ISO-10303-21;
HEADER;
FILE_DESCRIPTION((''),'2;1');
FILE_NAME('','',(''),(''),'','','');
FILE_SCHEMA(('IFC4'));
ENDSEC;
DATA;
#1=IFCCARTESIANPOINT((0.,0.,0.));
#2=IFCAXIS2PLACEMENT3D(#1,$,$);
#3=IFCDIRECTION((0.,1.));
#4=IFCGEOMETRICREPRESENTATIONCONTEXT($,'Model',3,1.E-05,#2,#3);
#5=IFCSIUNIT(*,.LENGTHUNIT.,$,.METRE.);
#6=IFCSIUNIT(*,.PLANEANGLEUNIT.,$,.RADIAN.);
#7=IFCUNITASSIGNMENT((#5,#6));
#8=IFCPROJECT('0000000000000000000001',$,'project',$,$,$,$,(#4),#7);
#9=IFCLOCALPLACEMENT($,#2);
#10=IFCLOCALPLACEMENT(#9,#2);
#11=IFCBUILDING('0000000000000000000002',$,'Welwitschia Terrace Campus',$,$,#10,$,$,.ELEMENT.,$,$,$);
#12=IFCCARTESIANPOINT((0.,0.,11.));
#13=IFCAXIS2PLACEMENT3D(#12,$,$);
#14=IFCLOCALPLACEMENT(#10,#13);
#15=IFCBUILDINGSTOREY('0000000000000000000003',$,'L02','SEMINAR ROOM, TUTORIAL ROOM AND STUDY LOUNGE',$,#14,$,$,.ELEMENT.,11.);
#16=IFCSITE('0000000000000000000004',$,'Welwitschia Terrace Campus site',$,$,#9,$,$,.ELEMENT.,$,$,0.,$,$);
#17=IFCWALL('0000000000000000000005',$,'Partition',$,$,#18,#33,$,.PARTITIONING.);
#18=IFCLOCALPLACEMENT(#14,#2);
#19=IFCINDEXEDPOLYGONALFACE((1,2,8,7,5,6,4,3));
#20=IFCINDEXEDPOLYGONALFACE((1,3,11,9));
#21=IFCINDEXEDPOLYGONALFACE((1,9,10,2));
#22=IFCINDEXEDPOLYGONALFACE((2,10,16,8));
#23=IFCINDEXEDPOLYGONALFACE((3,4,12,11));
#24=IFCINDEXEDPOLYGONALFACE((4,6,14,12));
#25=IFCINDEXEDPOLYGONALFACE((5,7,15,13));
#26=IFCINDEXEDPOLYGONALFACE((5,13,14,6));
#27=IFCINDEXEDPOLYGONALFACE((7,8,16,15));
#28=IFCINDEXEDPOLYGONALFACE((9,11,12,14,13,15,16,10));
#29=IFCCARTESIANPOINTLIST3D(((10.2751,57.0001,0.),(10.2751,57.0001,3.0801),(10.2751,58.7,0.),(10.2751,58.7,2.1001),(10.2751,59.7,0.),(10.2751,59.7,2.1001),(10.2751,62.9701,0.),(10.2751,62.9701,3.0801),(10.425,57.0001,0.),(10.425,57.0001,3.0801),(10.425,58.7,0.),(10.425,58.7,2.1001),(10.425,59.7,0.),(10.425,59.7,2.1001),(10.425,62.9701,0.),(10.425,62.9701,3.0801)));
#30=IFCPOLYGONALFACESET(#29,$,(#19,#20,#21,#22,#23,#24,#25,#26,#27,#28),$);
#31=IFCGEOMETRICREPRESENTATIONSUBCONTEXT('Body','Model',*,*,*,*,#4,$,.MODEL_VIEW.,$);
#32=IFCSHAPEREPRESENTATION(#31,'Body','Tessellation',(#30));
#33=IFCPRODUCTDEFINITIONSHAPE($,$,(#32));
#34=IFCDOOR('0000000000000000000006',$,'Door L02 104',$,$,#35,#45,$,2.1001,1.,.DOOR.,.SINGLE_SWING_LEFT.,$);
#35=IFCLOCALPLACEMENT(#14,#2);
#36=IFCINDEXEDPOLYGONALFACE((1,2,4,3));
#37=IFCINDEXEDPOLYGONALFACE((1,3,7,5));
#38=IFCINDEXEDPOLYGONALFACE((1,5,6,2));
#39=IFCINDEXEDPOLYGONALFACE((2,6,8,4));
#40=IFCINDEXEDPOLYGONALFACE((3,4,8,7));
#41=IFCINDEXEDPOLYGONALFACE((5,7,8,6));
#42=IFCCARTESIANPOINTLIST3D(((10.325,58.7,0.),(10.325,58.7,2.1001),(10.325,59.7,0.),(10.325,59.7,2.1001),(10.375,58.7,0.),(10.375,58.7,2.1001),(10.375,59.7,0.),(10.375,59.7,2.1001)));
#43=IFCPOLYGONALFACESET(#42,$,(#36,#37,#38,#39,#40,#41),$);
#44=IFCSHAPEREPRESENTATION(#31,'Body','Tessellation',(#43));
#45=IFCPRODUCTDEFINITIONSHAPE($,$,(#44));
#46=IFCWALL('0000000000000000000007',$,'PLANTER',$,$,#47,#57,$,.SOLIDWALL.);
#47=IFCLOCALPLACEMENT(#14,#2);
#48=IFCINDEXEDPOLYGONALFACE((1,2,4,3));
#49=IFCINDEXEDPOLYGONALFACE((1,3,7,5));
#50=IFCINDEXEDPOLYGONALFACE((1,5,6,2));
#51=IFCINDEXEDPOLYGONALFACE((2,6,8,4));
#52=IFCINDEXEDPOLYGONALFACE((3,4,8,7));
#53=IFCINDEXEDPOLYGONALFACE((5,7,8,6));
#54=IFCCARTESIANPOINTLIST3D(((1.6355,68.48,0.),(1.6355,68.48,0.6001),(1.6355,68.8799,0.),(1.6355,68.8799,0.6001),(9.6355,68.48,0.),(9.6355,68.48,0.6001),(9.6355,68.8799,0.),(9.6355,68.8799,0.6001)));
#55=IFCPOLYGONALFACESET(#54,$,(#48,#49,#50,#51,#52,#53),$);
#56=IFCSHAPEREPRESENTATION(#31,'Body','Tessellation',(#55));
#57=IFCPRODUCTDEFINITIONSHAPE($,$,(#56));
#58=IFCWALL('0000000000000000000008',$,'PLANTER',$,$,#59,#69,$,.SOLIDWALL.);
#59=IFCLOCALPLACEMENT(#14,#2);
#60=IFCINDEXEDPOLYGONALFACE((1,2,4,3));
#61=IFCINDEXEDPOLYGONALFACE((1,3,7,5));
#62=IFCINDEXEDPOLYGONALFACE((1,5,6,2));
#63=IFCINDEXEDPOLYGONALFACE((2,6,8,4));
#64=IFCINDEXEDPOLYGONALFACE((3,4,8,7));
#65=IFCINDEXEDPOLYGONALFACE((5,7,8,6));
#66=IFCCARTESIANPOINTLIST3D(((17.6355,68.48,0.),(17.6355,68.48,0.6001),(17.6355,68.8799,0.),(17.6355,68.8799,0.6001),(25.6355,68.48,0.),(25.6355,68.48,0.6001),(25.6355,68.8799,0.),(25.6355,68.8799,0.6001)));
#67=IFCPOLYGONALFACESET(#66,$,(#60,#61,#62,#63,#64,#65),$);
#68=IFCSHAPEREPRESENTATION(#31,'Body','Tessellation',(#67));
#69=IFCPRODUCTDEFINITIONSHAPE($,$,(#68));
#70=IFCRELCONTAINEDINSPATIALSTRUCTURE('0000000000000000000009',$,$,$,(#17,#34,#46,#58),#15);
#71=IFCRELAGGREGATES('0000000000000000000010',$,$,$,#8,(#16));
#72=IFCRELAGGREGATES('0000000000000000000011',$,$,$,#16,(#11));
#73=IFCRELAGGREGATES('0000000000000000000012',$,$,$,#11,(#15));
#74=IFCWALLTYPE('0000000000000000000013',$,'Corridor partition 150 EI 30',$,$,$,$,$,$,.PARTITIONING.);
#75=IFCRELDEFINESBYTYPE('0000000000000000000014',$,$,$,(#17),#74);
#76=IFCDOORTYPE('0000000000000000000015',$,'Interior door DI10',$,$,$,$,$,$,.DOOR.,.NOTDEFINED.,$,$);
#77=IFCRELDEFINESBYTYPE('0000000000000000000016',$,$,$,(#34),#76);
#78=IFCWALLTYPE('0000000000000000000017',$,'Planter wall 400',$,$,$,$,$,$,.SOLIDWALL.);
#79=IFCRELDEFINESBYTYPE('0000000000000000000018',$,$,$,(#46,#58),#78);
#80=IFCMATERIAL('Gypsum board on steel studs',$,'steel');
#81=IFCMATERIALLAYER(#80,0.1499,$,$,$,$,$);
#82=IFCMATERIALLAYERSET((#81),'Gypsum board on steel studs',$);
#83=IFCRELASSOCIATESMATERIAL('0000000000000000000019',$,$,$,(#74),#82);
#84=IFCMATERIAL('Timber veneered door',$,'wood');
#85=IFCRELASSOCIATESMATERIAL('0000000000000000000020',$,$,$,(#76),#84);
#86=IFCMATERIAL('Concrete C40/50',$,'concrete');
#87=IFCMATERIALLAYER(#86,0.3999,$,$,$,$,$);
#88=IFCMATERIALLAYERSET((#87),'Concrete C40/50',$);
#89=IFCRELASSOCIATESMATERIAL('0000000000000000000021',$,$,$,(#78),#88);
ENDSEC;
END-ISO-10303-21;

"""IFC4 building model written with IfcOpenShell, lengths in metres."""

from ifc_helpers import new_model, si_unit, direction, frame, frame_2d, origin, place, context, subcontext, project, spatial, rectangle, extrude, material, layer, layer_set, type_object, element, fill, save


model = new_model("IFC4")

# Units and contexts
model_context = context("Model", 3, precision=1e-05, world=origin(), true_north=direction((0.0, 1.0)))
body_context = subcontext(model_context, "Body", "Model", "MODEL_VIEW")
ifc_project = project(units=[si_unit("LENGTHUNIT", "METRE"), si_unit("PLANEANGLEUNIT", "RADIAN")], contexts=[model_context])

# Site, building, storey
site_placement = place(None, origin())
site = spatial("IfcSite", under=ifc_project, at=site_placement, Name="Welwitschia Terrace Campus site", CompositionType="ELEMENT", RefElevation=0.0)
building_placement = place(site_placement, origin())
building = spatial("IfcBuilding", under=site, at=building_placement, Name="Welwitschia Terrace Campus", CompositionType="ELEMENT")
storey_placement = place(building_placement, frame((0.0, 0.0, 11.0)))
storey = spatial("IfcBuildingStorey", under=building, at=storey_placement, Name="L02", Description="SEMINAR ROOM, TUTORIAL ROOM AND STUDY LOUNGE", CompositionType="ELEMENT", Elevation=11.0)

# Shared definitions
ifc_material_1 = material(Name="Gypsum board on steel studs", Category="steel")
ifc_layer_1 = layer(ifc_material_1, 0.1499)
ifc_layer_set_1 = layer_set([ifc_layer_1], Name="Gypsum board on steel studs")
wall_type_1 = type_object("IfcWallType", Name="Corridor partition 150 EI 30", PredefinedType="PARTITIONING", material=ifc_layer_set_1)

# Shared definitions
ifc_material_2 = material(Name="Timber veneered door", Category="wood")
door_type_1 = type_object("IfcDoorType", Name="Interior door DI10", OperationType="NOTDEFINED", PredefinedType="DOOR", material=ifc_material_2)

# Wall, opening, door
wall_1_placement = place(storey_placement, frame((10.3501, 62.97, 0.0), z_axis=(0.0, 0.0, 1.0), x_axis=(0.0, -1.0, 0.0)))
wall_1 = element("IfcWall", 1, at=wall_1_placement, inside=storey, type_object=wall_type_1, Name="Partition", PredefinedType="PARTITIONING", context=body_context, shape_type="SweptSolid", body=[
    extrude(rectangle(XDim=5.97, YDim=0.1499, at=frame_2d((2.9849, 0.0))), origin(), (0.0, 0.0, 1.0), 3.0801),
])
opening_1_placement = place(wall_1_placement, frame((3.27, 0.0, 0.0)))
opening_1 = element("IfcOpeningElement", 2, at=opening_1_placement, cuts=wall_1, PredefinedType="OPENING", context=body_context, shape_type="SweptSolid", body=[
    extrude(rectangle(XDim=1.0, YDim=2.1001, at=frame_2d((0.5, 1.05))), frame((0.0, 0.085, 0.0), z_axis=(0.0, -1.0, 0.0), x_axis=(1.0, 0.0, 0.0)), (0.0, 0.0, 1.0), 0.1699),
])
door_1_placement = place(opening_1_placement, origin())
door_1 = element("IfcDoor", 3, at=door_1_placement, inside=storey, type_object=door_type_1, Name="Door L02 104", OperationType="SINGLE_SWING_LEFT", OverallHeight=2.1001, OverallWidth=1.0, PredefinedType="DOOR", context=body_context, shape_type="SweptSolid", body=[
    extrude(rectangle(XDim=1.0, YDim=2.1001, at=frame_2d((0.5, 1.05))), frame((0.0, 0.0249, 0.0), z_axis=(0.0, -1.0, 0.0), x_axis=(1.0, 0.0, 0.0)), (0.0, 0.0, 1.0), 0.05),
])
fill(opening_1, door_1)

# Walls
ifc_material_3 = material(Name="Concrete C40/50", Category="concrete")
ifc_layer_2 = layer(ifc_material_3, 0.3999)
ifc_layer_set_2 = layer_set([ifc_layer_2], Name="Concrete C40/50")
wall_type_2 = type_object("IfcWallType", Name="Planter wall 400", PredefinedType="SOLIDWALL", material=ifc_layer_set_2)
for number, where, z_axis, x_axis, name in (
    (4, (1.6355, 68.6799, 0.0), (0.0, 0.0, 1.0), (1.0, 0.0, 0.0), "PLANTER"),
    (5, (17.6355, 68.6799, 0.0), (0.0, 0.0, 1.0), (1.0, 0.0, 0.0), "PLANTER"),
):
    element("IfcWall", number, at=place(storey_placement, frame(where, z_axis=z_axis, x_axis=x_axis)), inside=storey, type_object=wall_type_2, Name=name, PredefinedType="SOLIDWALL", context=body_context, shape_type="SweptSolid", body=[
        extrude(rectangle(XDim=8.0, YDim=0.3999, at=frame_2d((4.0, 0.0))), origin(), (0.0, 0.0, 1.0), 0.6001),
    ])

save(model, "model.ifc")
